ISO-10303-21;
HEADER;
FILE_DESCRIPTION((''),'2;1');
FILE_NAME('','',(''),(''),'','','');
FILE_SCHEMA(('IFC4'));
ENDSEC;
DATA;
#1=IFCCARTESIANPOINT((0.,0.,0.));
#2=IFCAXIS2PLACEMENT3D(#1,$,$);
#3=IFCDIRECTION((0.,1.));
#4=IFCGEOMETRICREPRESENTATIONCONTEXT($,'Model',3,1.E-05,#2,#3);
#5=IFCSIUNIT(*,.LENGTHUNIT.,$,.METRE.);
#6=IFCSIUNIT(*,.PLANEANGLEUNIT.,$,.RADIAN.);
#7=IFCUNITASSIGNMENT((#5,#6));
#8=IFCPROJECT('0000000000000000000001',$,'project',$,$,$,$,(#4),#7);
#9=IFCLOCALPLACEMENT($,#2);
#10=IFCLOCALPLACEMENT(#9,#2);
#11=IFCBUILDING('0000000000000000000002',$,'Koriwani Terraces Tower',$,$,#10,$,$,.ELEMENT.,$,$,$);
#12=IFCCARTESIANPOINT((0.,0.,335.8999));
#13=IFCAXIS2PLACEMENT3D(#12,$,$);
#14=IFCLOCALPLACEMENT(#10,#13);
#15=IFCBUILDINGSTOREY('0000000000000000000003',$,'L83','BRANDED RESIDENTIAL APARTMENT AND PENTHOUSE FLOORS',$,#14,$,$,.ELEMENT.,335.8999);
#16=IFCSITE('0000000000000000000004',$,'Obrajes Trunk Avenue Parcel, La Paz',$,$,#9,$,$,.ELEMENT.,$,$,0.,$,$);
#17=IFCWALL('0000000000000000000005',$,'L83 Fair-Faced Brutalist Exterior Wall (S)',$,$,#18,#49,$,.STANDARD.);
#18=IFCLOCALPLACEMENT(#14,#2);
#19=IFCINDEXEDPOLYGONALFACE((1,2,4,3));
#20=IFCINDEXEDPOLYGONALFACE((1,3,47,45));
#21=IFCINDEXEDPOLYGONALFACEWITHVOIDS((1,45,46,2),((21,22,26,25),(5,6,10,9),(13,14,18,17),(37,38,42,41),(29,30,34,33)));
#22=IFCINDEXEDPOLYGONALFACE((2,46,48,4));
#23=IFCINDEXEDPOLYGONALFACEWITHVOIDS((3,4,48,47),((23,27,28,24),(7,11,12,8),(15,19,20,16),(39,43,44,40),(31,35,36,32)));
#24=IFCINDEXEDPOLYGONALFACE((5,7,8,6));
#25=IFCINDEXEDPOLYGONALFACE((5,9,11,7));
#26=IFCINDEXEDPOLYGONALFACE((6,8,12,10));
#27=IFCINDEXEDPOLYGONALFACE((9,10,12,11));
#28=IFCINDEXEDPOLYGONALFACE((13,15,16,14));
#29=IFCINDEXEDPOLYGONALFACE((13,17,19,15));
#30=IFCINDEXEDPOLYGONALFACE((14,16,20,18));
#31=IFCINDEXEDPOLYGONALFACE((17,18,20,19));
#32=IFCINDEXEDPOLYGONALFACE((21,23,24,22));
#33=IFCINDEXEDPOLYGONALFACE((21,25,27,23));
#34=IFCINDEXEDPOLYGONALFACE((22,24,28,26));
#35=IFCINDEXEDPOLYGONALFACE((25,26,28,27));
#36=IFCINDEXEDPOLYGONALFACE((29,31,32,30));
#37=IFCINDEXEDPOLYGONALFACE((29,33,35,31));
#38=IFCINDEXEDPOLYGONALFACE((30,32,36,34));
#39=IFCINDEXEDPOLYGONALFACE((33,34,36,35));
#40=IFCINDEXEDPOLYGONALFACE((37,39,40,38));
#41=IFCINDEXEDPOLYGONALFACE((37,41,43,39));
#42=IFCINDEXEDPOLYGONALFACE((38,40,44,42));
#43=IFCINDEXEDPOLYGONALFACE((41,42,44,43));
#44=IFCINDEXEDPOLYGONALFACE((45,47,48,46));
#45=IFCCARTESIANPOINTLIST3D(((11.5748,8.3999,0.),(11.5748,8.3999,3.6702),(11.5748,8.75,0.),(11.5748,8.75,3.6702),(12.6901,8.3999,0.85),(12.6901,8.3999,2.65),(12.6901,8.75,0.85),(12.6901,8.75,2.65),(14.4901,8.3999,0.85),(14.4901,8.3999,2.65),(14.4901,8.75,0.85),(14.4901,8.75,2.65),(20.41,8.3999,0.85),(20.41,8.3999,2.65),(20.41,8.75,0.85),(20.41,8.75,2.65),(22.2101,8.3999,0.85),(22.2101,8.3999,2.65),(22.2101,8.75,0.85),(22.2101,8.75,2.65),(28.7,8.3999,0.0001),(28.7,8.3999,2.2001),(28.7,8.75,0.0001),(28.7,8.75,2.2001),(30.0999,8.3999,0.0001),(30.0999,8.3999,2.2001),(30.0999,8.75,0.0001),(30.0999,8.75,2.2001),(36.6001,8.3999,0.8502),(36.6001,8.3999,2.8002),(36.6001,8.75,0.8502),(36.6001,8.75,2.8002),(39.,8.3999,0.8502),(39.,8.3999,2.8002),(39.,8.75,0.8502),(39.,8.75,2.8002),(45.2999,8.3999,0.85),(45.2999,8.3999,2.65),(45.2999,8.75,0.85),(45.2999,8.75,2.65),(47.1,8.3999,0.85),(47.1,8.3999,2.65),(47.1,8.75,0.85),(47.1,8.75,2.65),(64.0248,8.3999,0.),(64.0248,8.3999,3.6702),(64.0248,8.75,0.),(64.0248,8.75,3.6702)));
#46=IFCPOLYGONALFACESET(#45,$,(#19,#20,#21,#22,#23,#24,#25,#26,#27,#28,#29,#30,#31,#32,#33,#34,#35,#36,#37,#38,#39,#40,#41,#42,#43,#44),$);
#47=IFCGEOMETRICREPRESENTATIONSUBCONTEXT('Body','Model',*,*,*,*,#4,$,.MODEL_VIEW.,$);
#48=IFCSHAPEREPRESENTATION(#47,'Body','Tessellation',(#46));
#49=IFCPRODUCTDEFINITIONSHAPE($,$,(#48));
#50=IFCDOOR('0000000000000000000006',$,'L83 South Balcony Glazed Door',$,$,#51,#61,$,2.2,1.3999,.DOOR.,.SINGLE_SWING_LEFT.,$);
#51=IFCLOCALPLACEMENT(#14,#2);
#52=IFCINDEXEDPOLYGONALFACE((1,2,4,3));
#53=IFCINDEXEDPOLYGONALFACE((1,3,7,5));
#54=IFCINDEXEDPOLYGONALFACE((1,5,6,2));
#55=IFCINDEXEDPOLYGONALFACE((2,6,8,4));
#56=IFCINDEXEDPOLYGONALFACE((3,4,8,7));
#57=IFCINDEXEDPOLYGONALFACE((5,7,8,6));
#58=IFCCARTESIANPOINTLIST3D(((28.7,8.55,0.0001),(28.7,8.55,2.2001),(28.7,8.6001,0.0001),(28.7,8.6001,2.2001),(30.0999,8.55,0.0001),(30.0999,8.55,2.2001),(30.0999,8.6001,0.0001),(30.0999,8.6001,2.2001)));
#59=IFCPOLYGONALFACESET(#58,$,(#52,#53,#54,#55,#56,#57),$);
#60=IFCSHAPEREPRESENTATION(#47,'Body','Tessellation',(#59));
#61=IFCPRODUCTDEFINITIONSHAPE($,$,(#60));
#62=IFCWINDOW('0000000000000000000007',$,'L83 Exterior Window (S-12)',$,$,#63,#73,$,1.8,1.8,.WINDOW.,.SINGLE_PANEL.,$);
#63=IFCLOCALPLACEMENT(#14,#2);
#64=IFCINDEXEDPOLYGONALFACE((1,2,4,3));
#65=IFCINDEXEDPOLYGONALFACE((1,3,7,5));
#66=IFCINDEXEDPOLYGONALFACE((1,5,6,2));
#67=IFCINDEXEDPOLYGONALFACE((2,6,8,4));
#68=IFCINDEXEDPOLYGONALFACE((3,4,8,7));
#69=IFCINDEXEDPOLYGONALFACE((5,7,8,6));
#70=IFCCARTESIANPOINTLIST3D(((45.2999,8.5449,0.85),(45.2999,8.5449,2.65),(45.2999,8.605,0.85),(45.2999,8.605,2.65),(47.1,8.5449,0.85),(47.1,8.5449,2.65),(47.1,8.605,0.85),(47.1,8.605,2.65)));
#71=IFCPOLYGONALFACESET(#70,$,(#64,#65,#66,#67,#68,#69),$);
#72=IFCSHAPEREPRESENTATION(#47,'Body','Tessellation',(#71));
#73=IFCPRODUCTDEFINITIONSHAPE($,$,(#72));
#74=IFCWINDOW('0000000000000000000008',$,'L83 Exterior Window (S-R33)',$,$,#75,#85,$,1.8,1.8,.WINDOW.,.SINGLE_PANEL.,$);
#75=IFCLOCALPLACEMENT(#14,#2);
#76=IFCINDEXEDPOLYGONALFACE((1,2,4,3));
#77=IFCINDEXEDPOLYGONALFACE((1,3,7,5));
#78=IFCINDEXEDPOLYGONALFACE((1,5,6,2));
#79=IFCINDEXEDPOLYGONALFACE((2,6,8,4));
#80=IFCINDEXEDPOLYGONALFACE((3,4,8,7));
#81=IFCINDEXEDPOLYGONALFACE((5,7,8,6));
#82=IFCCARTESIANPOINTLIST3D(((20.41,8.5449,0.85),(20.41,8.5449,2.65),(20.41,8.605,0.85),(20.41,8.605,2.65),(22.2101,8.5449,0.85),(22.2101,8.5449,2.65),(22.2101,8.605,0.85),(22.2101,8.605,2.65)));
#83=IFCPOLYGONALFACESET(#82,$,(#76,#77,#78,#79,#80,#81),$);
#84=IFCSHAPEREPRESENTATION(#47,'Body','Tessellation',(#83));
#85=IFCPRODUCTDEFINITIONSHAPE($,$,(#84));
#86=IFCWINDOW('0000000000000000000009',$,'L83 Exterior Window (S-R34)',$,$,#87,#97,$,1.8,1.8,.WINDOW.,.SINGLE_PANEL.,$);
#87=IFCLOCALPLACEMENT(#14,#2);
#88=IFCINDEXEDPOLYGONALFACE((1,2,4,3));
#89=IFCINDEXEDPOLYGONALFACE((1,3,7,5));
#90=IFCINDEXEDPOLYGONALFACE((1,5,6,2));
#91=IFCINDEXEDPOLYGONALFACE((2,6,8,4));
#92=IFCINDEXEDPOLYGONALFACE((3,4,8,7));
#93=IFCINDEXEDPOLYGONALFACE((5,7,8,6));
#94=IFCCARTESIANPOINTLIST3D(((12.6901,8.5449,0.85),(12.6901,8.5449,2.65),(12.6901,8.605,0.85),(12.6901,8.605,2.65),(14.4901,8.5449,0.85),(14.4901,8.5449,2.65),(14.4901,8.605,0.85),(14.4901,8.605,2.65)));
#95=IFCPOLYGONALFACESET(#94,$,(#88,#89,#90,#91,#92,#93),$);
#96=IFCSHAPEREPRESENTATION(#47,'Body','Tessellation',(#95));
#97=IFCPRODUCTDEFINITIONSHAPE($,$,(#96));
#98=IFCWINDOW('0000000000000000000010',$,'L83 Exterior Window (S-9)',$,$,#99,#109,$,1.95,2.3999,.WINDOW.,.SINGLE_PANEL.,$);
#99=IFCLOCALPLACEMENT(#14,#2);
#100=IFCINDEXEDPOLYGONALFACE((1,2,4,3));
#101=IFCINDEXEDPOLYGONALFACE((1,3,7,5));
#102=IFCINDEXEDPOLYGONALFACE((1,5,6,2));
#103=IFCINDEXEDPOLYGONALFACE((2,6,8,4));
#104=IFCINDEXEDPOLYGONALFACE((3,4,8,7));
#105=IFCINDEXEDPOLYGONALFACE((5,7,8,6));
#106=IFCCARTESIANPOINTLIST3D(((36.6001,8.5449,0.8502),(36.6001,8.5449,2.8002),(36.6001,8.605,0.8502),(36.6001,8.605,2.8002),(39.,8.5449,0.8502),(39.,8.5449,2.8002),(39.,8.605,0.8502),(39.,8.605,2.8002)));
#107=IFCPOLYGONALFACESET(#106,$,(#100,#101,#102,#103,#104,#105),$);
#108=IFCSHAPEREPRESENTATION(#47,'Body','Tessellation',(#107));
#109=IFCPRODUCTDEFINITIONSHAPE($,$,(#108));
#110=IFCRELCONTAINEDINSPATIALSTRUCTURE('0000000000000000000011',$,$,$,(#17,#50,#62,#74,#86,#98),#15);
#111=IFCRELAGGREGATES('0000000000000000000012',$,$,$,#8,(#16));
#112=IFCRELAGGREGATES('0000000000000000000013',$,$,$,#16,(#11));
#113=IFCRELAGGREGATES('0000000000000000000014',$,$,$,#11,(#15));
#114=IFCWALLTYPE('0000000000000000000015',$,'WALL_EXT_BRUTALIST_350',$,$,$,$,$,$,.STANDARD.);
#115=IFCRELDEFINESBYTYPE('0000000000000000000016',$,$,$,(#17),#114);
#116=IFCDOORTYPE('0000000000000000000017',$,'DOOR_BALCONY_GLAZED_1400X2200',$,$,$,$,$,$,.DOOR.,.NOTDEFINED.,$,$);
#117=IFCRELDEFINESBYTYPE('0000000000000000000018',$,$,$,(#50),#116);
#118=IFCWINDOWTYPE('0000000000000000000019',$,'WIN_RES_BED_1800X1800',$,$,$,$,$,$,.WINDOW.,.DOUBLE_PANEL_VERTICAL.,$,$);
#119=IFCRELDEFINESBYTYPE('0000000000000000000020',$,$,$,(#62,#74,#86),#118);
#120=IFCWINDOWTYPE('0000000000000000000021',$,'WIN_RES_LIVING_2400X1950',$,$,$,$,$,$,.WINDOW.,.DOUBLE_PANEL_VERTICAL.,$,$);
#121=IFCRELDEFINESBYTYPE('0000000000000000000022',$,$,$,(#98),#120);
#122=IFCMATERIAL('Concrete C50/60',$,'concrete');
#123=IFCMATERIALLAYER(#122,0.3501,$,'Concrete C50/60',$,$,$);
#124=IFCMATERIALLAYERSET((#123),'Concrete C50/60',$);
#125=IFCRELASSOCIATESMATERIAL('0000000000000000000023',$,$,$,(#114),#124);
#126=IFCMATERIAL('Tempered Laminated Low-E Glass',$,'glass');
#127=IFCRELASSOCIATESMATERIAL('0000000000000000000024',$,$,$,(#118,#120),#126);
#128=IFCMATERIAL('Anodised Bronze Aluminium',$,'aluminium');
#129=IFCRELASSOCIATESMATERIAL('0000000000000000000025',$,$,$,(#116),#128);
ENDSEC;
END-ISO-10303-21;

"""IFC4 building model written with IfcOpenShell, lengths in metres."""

from ifc_helpers import new_model, si_unit, direction, frame, frame_2d, origin, place, context, subcontext, project, spatial, rectangle, extrude, material, layer, layer_set, type_object, element, fill, save


model = new_model("IFC4")

# Units and contexts
model_context = context("Model", 3, precision=1e-05, world=origin(), true_north=direction((0.0, 1.0)))
body_context = subcontext(model_context, "Body", "Model", "MODEL_VIEW")
ifc_project = project(units=[si_unit("LENGTHUNIT", "METRE"), si_unit("PLANEANGLEUNIT", "RADIAN")], contexts=[model_context])

# Site, building, storey
site_placement = place(None, origin())
site = spatial("IfcSite", under=ifc_project, at=site_placement, Name="Obrajes Trunk Avenue Parcel, La Paz", CompositionType="ELEMENT", RefElevation=0.0)
building_placement = place(site_placement, origin())
building = spatial("IfcBuilding", under=site, at=building_placement, Name="Koriwani Terraces Tower", CompositionType="ELEMENT")
storey_placement = place(building_placement, frame((0.0, 0.0, 335.8999)))
storey = spatial("IfcBuildingStorey", under=building, at=storey_placement, Name="L83", Description="BRANDED RESIDENTIAL APARTMENT AND PENTHOUSE FLOORS", CompositionType="ELEMENT", Elevation=335.8999)

# Shared definitions
ifc_material_1 = material(Name="Concrete C50/60", Category="concrete")

# Shared definitions
ifc_layer_1 = layer(ifc_material_1, 0.3501, Name="Concrete C50/60")
ifc_layer_set_1 = layer_set([ifc_layer_1], Name="Concrete C50/60")
wall_type_1 = type_object("IfcWallType", Name="WALL_EXT_BRUTALIST_350", PredefinedType="STANDARD", material=ifc_layer_set_1)
ifc_material_2 = material(Name="Tempered Laminated Low-E Glass", Category="glass")
window_type_1 = type_object("IfcWindowType", Name="WIN_RES_BED_1800X1800", PartitioningType="DOUBLE_PANEL_VERTICAL", PredefinedType="WINDOW", material=ifc_material_2)

# Wall, openings, door, windows
wall_1_placement = place(storey_placement, frame((64.0249, 8.575, 0.0), z_axis=(0.0, 0.0, 1.0), x_axis=(-1.0, 0.0, 0.0)))
wall_1 = element("IfcWall", 1, at=wall_1_placement, inside=storey, type_object=wall_type_1, Name="L83 Fair-Faced Brutalist Exterior Wall (S)", PredefinedType="STANDARD", context=body_context, shape_type="SweptSolid", body=[
    extrude(rectangle(XDim=52.45, YDim=0.3501, at=frame_2d((26.2251, 0.0))), origin(), (0.0, 0.0, 1.0), 3.6702),
])
opening_1_placement = place(wall_1_placement, frame((33.925, 0.0, 0.0)))
opening_1 = element("IfcOpeningElement", 2, at=opening_1_placement, cuts=wall_1, PredefinedType="OPENING", context=body_context, shape_type="SweptSolid", body=[
    extrude(rectangle(XDim=1.3999, YDim=2.2, at=frame_2d((0.7, 1.1001))), frame((0.0, 0.1851, 0.0), z_axis=(0.0, -1.0, 0.0), x_axis=(1.0, 0.0, 0.0)), (0.0, 0.0, 1.0), 0.3701),
])
opening_2_placement = place(wall_1_placement, frame((25.0249, 0.0, 0.8501)))
opening_2 = element("IfcOpeningElement", 3, at=opening_2_placement, cuts=wall_1, PredefinedType="OPENING", context=body_context, shape_type="SweptSolid", body=[
    extrude(rectangle(XDim=2.3999, YDim=1.95, at=frame_2d((1.2, 0.9751))), frame((0.0, 0.1851, 0.0), z_axis=(0.0, -1.0, 0.0), x_axis=(1.0, 0.0, 0.0)), (0.0, 0.0, 1.0), 0.3701),
])
opening_3_placement = place(wall_1_placement, frame((16.925, 0.0, 0.8501)))
opening_3 = element("IfcOpeningElement", 4, at=opening_3_placement, cuts=wall_1, PredefinedType="OPENING", context=body_context, shape_type="SweptSolid", body=[
    extrude(rectangle(XDim=1.8, YDim=1.8, at=frame_2d((0.8999, 0.8999))), frame((0.0, 0.1851, 0.0), z_axis=(0.0, -1.0, 0.0), x_axis=(1.0, 0.0, 0.0)), (0.0, 0.0, 1.0), 0.3701),
])
opening_4_placement = place(wall_1_placement, frame((41.8149, 0.0, 0.8501)))
opening_4 = element("IfcOpeningElement", 5, at=opening_4_placement, cuts=wall_1, PredefinedType="OPENING", context=body_context, shape_type="SweptSolid", body=[
    extrude(rectangle(XDim=1.8, YDim=1.8, at=frame_2d((0.8999, 0.8999))), frame((0.0, 0.1851, 0.0), z_axis=(0.0, -1.0, 0.0), x_axis=(1.0, 0.0, 0.0)), (0.0, 0.0, 1.0), 0.3701),
])
opening_5_placement = place(wall_1_placement, frame((49.5349, 0.0, 0.8501)))
opening_5 = element("IfcOpeningElement", 6, at=opening_5_placement, cuts=wall_1, PredefinedType="OPENING", context=body_context, shape_type="SweptSolid", body=[
    extrude(rectangle(XDim=1.8, YDim=1.8, at=frame_2d((0.8999, 0.8999))), frame((0.0, 0.1851, 0.0), z_axis=(0.0, -1.0, 0.0), x_axis=(1.0, 0.0, 0.0)), (0.0, 0.0, 1.0), 0.3701),
])
ifc_material_3 = material(Name="Anodised Bronze Aluminium", Category="aluminium")
door_type_1 = type_object("IfcDoorType", Name="DOOR_BALCONY_GLAZED_1400X2200", OperationType="NOTDEFINED", PredefinedType="DOOR", material=ifc_material_3)
door_1_placement = place(opening_1_placement, origin())
door_1 = element("IfcDoor", 7, at=door_1_placement, inside=storey, type_object=door_type_1, Name="L83 South Balcony Glazed Door", OperationType="SINGLE_SWING_LEFT", OverallHeight=2.2, OverallWidth=1.3999, PredefinedType="DOOR", context=body_context, shape_type="SweptSolid", body=[
    extrude(rectangle(XDim=1.3999, YDim=2.2, at=frame_2d((0.7, 1.1001))), frame((0.0, 0.0249, 0.0), z_axis=(0.0, -1.0, 0.0), x_axis=(1.0, 0.0, 0.0)), (0.0, 0.0, 1.0), 0.05),
])
fill(opening_1, door_1)
window_1_placement = place(opening_3_placement, origin())
window_1 = element("IfcWindow", 8, at=window_1_placement, inside=storey, type_object=window_type_1, Name="L83 Exterior Window (S-12)", OverallHeight=1.8, OverallWidth=1.8, PartitioningType="SINGLE_PANEL", PredefinedType="WINDOW", context=body_context, shape_type="SweptSolid", body=[
    extrude(rectangle(XDim=1.8, YDim=1.8, at=frame_2d((0.8999, 0.8999))), frame((0.0, 0.03, 0.0), z_axis=(0.0, -1.0, 0.0), x_axis=(1.0, 0.0, 0.0)), (0.0, 0.0, 1.0), 0.0601),
])
fill(opening_3, window_1)
window_2_placement = place(opening_4_placement, origin())
window_2 = element("IfcWindow", 9, at=window_2_placement, inside=storey, type_object=window_type_1, Name="L83 Exterior Window (S-R33)", OverallHeight=1.8, OverallWidth=1.8, PartitioningType="SINGLE_PANEL", PredefinedType="WINDOW", context=body_context, shape_type="SweptSolid", body=[
    extrude(rectangle(XDim=1.8, YDim=1.8, at=frame_2d((0.8999, 0.8999))), frame((0.0, 0.03, 0.0), z_axis=(0.0, -1.0, 0.0), x_axis=(1.0, 0.0, 0.0)), (0.0, 0.0, 1.0), 0.0601),
])
fill(opening_4, window_2)
window_3_placement = place(opening_5_placement, origin())
window_3 = element("IfcWindow", 10, at=window_3_placement, inside=storey, type_object=window_type_1, Name="L83 Exterior Window (S-R34)", OverallHeight=1.8, OverallWidth=1.8, PartitioningType="SINGLE_PANEL", PredefinedType="WINDOW", context=body_context, shape_type="SweptSolid", body=[
    extrude(rectangle(XDim=1.8, YDim=1.8, at=frame_2d((0.8999, 0.8999))), frame((0.0, 0.03, 0.0), z_axis=(0.0, -1.0, 0.0), x_axis=(1.0, 0.0, 0.0)), (0.0, 0.0, 1.0), 0.0601),
])
fill(opening_5, window_3)
window_type_2 = type_object("IfcWindowType", Name="WIN_RES_LIVING_2400X1950", PartitioningType="DOUBLE_PANEL_VERTICAL", PredefinedType="WINDOW", material=ifc_material_2)
window_4_placement = place(opening_2_placement, origin())
window_4 = element("IfcWindow", 11, at=window_4_placement, inside=storey, type_object=window_type_2, Name="L83 Exterior Window (S-9)", OverallHeight=1.95, OverallWidth=2.3999, PartitioningType="SINGLE_PANEL", PredefinedType="WINDOW", context=body_context, shape_type="SweptSolid", body=[
    extrude(rectangle(XDim=2.3999, YDim=1.95, at=frame_2d((1.2, 0.9751))), frame((0.0, 0.03, 0.0), z_axis=(0.0, -1.0, 0.0), x_axis=(1.0, 0.0, 0.0)), (0.0, 0.0, 1.0), 0.0601),
])
fill(opening_2, window_4)

save(model, "model.ifc")
